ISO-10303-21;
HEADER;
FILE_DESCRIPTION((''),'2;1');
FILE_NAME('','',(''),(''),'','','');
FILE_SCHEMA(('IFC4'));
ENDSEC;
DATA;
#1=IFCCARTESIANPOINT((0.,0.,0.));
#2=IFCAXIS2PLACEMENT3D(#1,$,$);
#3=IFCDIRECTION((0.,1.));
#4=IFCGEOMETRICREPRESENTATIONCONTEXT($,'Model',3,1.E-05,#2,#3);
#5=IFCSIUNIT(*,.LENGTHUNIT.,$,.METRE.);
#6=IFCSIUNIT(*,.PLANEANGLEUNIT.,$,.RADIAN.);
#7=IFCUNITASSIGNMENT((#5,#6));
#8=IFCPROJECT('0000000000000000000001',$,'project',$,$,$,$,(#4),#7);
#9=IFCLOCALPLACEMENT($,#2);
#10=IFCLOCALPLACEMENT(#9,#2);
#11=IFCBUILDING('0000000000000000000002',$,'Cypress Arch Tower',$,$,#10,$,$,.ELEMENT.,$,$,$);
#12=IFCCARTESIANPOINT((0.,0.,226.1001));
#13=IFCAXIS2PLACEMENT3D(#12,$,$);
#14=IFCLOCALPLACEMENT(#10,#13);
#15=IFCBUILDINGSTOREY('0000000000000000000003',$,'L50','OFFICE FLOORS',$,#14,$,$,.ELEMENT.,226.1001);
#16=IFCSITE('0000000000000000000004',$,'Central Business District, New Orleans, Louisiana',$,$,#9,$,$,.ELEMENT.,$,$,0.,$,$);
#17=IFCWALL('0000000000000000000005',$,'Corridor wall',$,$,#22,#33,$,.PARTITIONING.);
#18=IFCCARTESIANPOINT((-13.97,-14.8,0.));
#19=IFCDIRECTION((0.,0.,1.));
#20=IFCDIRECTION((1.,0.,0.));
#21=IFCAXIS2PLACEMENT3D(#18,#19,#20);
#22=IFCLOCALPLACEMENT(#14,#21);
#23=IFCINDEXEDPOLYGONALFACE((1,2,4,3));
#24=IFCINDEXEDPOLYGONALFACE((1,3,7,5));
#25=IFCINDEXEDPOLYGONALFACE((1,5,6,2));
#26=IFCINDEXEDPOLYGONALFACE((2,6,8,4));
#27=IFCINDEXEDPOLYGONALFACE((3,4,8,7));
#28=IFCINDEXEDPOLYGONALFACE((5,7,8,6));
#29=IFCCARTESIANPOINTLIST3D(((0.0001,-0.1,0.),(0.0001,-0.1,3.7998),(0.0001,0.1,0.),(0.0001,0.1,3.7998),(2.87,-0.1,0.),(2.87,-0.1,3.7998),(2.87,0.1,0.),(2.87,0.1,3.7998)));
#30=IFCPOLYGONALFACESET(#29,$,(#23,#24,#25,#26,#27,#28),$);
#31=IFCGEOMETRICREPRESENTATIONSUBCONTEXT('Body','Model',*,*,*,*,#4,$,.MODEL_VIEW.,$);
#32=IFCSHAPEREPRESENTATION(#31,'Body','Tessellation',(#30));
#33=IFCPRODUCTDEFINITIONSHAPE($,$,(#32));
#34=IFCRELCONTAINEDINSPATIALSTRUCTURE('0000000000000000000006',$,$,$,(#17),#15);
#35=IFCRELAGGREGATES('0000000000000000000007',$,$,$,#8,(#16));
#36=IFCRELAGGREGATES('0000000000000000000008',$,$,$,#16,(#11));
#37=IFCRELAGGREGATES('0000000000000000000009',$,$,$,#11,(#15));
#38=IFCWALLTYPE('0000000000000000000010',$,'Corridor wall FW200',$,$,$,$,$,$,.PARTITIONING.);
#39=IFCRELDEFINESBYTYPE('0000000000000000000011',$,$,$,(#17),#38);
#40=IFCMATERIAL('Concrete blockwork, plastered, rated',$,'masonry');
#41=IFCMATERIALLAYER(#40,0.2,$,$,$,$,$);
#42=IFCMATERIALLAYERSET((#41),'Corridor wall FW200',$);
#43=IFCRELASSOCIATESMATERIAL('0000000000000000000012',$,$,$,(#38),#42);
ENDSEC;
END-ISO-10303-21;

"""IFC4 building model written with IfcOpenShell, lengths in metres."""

from ifc_helpers import new_model, si_unit, direction, frame, frame_2d, origin, place, context, subcontext, project, spatial, rectangle, extrude, material, layer, layer_set, type_object, element, save


model = new_model("IFC4")

# Units and contexts
model_context = context("Model", 3, precision=1e-05, world=origin(), true_north=direction((0.0, 1.0)))
body_context = subcontext(model_context, "Body", "Model", "MODEL_VIEW")
ifc_project = project(units=[si_unit("LENGTHUNIT", "METRE"), si_unit("PLANEANGLEUNIT", "RADIAN")], contexts=[model_context])

# Site, building, storey
site_placement = place(None, origin())
site = spatial("IfcSite", under=ifc_project, at=site_placement, Name="Central Business District, New Orleans, Louisiana", CompositionType="ELEMENT", RefElevation=0.0)
building_placement = place(site_placement, origin())
building = spatial("IfcBuilding", under=site, at=building_placement, Name="Cypress Arch Tower", CompositionType="ELEMENT")
storey_placement = place(building_placement, frame((0.0, 0.0, 226.1001)))
storey = spatial("IfcBuildingStorey", under=building, at=storey_placement, Name="L50", Description="OFFICE FLOORS", CompositionType="ELEMENT", Elevation=226.1001)

# Wall
ifc_material_1 = material(Name="Concrete blockwork, plastered, rated", Category="masonry")
ifc_layer_1 = layer(ifc_material_1, 0.2)
ifc_layer_set_1 = layer_set([ifc_layer_1], Name="Corridor wall FW200")
wall_type_1 = type_object("IfcWallType", Name="Corridor wall FW200", PredefinedType="PARTITIONING", material=ifc_layer_set_1)
wall_1_placement = place(storey_placement, frame((-13.97, -14.8, 0.0), z_axis=(0.0, 0.0, 1.0), x_axis=(1.0, 0.0, 0.0)))
element("IfcWall", 1, at=wall_1_placement, inside=storey, type_object=wall_type_1, Name="Corridor wall", PredefinedType="PARTITIONING", context=body_context, shape_type="SweptSolid", body=[
    extrude(rectangle(XDim=2.8699, YDim=0.2, at=frame_2d((1.4351, 0.0))), origin(), (0.0, 0.0, 1.0), 3.7998),
])

save(model, "model.ifc")
